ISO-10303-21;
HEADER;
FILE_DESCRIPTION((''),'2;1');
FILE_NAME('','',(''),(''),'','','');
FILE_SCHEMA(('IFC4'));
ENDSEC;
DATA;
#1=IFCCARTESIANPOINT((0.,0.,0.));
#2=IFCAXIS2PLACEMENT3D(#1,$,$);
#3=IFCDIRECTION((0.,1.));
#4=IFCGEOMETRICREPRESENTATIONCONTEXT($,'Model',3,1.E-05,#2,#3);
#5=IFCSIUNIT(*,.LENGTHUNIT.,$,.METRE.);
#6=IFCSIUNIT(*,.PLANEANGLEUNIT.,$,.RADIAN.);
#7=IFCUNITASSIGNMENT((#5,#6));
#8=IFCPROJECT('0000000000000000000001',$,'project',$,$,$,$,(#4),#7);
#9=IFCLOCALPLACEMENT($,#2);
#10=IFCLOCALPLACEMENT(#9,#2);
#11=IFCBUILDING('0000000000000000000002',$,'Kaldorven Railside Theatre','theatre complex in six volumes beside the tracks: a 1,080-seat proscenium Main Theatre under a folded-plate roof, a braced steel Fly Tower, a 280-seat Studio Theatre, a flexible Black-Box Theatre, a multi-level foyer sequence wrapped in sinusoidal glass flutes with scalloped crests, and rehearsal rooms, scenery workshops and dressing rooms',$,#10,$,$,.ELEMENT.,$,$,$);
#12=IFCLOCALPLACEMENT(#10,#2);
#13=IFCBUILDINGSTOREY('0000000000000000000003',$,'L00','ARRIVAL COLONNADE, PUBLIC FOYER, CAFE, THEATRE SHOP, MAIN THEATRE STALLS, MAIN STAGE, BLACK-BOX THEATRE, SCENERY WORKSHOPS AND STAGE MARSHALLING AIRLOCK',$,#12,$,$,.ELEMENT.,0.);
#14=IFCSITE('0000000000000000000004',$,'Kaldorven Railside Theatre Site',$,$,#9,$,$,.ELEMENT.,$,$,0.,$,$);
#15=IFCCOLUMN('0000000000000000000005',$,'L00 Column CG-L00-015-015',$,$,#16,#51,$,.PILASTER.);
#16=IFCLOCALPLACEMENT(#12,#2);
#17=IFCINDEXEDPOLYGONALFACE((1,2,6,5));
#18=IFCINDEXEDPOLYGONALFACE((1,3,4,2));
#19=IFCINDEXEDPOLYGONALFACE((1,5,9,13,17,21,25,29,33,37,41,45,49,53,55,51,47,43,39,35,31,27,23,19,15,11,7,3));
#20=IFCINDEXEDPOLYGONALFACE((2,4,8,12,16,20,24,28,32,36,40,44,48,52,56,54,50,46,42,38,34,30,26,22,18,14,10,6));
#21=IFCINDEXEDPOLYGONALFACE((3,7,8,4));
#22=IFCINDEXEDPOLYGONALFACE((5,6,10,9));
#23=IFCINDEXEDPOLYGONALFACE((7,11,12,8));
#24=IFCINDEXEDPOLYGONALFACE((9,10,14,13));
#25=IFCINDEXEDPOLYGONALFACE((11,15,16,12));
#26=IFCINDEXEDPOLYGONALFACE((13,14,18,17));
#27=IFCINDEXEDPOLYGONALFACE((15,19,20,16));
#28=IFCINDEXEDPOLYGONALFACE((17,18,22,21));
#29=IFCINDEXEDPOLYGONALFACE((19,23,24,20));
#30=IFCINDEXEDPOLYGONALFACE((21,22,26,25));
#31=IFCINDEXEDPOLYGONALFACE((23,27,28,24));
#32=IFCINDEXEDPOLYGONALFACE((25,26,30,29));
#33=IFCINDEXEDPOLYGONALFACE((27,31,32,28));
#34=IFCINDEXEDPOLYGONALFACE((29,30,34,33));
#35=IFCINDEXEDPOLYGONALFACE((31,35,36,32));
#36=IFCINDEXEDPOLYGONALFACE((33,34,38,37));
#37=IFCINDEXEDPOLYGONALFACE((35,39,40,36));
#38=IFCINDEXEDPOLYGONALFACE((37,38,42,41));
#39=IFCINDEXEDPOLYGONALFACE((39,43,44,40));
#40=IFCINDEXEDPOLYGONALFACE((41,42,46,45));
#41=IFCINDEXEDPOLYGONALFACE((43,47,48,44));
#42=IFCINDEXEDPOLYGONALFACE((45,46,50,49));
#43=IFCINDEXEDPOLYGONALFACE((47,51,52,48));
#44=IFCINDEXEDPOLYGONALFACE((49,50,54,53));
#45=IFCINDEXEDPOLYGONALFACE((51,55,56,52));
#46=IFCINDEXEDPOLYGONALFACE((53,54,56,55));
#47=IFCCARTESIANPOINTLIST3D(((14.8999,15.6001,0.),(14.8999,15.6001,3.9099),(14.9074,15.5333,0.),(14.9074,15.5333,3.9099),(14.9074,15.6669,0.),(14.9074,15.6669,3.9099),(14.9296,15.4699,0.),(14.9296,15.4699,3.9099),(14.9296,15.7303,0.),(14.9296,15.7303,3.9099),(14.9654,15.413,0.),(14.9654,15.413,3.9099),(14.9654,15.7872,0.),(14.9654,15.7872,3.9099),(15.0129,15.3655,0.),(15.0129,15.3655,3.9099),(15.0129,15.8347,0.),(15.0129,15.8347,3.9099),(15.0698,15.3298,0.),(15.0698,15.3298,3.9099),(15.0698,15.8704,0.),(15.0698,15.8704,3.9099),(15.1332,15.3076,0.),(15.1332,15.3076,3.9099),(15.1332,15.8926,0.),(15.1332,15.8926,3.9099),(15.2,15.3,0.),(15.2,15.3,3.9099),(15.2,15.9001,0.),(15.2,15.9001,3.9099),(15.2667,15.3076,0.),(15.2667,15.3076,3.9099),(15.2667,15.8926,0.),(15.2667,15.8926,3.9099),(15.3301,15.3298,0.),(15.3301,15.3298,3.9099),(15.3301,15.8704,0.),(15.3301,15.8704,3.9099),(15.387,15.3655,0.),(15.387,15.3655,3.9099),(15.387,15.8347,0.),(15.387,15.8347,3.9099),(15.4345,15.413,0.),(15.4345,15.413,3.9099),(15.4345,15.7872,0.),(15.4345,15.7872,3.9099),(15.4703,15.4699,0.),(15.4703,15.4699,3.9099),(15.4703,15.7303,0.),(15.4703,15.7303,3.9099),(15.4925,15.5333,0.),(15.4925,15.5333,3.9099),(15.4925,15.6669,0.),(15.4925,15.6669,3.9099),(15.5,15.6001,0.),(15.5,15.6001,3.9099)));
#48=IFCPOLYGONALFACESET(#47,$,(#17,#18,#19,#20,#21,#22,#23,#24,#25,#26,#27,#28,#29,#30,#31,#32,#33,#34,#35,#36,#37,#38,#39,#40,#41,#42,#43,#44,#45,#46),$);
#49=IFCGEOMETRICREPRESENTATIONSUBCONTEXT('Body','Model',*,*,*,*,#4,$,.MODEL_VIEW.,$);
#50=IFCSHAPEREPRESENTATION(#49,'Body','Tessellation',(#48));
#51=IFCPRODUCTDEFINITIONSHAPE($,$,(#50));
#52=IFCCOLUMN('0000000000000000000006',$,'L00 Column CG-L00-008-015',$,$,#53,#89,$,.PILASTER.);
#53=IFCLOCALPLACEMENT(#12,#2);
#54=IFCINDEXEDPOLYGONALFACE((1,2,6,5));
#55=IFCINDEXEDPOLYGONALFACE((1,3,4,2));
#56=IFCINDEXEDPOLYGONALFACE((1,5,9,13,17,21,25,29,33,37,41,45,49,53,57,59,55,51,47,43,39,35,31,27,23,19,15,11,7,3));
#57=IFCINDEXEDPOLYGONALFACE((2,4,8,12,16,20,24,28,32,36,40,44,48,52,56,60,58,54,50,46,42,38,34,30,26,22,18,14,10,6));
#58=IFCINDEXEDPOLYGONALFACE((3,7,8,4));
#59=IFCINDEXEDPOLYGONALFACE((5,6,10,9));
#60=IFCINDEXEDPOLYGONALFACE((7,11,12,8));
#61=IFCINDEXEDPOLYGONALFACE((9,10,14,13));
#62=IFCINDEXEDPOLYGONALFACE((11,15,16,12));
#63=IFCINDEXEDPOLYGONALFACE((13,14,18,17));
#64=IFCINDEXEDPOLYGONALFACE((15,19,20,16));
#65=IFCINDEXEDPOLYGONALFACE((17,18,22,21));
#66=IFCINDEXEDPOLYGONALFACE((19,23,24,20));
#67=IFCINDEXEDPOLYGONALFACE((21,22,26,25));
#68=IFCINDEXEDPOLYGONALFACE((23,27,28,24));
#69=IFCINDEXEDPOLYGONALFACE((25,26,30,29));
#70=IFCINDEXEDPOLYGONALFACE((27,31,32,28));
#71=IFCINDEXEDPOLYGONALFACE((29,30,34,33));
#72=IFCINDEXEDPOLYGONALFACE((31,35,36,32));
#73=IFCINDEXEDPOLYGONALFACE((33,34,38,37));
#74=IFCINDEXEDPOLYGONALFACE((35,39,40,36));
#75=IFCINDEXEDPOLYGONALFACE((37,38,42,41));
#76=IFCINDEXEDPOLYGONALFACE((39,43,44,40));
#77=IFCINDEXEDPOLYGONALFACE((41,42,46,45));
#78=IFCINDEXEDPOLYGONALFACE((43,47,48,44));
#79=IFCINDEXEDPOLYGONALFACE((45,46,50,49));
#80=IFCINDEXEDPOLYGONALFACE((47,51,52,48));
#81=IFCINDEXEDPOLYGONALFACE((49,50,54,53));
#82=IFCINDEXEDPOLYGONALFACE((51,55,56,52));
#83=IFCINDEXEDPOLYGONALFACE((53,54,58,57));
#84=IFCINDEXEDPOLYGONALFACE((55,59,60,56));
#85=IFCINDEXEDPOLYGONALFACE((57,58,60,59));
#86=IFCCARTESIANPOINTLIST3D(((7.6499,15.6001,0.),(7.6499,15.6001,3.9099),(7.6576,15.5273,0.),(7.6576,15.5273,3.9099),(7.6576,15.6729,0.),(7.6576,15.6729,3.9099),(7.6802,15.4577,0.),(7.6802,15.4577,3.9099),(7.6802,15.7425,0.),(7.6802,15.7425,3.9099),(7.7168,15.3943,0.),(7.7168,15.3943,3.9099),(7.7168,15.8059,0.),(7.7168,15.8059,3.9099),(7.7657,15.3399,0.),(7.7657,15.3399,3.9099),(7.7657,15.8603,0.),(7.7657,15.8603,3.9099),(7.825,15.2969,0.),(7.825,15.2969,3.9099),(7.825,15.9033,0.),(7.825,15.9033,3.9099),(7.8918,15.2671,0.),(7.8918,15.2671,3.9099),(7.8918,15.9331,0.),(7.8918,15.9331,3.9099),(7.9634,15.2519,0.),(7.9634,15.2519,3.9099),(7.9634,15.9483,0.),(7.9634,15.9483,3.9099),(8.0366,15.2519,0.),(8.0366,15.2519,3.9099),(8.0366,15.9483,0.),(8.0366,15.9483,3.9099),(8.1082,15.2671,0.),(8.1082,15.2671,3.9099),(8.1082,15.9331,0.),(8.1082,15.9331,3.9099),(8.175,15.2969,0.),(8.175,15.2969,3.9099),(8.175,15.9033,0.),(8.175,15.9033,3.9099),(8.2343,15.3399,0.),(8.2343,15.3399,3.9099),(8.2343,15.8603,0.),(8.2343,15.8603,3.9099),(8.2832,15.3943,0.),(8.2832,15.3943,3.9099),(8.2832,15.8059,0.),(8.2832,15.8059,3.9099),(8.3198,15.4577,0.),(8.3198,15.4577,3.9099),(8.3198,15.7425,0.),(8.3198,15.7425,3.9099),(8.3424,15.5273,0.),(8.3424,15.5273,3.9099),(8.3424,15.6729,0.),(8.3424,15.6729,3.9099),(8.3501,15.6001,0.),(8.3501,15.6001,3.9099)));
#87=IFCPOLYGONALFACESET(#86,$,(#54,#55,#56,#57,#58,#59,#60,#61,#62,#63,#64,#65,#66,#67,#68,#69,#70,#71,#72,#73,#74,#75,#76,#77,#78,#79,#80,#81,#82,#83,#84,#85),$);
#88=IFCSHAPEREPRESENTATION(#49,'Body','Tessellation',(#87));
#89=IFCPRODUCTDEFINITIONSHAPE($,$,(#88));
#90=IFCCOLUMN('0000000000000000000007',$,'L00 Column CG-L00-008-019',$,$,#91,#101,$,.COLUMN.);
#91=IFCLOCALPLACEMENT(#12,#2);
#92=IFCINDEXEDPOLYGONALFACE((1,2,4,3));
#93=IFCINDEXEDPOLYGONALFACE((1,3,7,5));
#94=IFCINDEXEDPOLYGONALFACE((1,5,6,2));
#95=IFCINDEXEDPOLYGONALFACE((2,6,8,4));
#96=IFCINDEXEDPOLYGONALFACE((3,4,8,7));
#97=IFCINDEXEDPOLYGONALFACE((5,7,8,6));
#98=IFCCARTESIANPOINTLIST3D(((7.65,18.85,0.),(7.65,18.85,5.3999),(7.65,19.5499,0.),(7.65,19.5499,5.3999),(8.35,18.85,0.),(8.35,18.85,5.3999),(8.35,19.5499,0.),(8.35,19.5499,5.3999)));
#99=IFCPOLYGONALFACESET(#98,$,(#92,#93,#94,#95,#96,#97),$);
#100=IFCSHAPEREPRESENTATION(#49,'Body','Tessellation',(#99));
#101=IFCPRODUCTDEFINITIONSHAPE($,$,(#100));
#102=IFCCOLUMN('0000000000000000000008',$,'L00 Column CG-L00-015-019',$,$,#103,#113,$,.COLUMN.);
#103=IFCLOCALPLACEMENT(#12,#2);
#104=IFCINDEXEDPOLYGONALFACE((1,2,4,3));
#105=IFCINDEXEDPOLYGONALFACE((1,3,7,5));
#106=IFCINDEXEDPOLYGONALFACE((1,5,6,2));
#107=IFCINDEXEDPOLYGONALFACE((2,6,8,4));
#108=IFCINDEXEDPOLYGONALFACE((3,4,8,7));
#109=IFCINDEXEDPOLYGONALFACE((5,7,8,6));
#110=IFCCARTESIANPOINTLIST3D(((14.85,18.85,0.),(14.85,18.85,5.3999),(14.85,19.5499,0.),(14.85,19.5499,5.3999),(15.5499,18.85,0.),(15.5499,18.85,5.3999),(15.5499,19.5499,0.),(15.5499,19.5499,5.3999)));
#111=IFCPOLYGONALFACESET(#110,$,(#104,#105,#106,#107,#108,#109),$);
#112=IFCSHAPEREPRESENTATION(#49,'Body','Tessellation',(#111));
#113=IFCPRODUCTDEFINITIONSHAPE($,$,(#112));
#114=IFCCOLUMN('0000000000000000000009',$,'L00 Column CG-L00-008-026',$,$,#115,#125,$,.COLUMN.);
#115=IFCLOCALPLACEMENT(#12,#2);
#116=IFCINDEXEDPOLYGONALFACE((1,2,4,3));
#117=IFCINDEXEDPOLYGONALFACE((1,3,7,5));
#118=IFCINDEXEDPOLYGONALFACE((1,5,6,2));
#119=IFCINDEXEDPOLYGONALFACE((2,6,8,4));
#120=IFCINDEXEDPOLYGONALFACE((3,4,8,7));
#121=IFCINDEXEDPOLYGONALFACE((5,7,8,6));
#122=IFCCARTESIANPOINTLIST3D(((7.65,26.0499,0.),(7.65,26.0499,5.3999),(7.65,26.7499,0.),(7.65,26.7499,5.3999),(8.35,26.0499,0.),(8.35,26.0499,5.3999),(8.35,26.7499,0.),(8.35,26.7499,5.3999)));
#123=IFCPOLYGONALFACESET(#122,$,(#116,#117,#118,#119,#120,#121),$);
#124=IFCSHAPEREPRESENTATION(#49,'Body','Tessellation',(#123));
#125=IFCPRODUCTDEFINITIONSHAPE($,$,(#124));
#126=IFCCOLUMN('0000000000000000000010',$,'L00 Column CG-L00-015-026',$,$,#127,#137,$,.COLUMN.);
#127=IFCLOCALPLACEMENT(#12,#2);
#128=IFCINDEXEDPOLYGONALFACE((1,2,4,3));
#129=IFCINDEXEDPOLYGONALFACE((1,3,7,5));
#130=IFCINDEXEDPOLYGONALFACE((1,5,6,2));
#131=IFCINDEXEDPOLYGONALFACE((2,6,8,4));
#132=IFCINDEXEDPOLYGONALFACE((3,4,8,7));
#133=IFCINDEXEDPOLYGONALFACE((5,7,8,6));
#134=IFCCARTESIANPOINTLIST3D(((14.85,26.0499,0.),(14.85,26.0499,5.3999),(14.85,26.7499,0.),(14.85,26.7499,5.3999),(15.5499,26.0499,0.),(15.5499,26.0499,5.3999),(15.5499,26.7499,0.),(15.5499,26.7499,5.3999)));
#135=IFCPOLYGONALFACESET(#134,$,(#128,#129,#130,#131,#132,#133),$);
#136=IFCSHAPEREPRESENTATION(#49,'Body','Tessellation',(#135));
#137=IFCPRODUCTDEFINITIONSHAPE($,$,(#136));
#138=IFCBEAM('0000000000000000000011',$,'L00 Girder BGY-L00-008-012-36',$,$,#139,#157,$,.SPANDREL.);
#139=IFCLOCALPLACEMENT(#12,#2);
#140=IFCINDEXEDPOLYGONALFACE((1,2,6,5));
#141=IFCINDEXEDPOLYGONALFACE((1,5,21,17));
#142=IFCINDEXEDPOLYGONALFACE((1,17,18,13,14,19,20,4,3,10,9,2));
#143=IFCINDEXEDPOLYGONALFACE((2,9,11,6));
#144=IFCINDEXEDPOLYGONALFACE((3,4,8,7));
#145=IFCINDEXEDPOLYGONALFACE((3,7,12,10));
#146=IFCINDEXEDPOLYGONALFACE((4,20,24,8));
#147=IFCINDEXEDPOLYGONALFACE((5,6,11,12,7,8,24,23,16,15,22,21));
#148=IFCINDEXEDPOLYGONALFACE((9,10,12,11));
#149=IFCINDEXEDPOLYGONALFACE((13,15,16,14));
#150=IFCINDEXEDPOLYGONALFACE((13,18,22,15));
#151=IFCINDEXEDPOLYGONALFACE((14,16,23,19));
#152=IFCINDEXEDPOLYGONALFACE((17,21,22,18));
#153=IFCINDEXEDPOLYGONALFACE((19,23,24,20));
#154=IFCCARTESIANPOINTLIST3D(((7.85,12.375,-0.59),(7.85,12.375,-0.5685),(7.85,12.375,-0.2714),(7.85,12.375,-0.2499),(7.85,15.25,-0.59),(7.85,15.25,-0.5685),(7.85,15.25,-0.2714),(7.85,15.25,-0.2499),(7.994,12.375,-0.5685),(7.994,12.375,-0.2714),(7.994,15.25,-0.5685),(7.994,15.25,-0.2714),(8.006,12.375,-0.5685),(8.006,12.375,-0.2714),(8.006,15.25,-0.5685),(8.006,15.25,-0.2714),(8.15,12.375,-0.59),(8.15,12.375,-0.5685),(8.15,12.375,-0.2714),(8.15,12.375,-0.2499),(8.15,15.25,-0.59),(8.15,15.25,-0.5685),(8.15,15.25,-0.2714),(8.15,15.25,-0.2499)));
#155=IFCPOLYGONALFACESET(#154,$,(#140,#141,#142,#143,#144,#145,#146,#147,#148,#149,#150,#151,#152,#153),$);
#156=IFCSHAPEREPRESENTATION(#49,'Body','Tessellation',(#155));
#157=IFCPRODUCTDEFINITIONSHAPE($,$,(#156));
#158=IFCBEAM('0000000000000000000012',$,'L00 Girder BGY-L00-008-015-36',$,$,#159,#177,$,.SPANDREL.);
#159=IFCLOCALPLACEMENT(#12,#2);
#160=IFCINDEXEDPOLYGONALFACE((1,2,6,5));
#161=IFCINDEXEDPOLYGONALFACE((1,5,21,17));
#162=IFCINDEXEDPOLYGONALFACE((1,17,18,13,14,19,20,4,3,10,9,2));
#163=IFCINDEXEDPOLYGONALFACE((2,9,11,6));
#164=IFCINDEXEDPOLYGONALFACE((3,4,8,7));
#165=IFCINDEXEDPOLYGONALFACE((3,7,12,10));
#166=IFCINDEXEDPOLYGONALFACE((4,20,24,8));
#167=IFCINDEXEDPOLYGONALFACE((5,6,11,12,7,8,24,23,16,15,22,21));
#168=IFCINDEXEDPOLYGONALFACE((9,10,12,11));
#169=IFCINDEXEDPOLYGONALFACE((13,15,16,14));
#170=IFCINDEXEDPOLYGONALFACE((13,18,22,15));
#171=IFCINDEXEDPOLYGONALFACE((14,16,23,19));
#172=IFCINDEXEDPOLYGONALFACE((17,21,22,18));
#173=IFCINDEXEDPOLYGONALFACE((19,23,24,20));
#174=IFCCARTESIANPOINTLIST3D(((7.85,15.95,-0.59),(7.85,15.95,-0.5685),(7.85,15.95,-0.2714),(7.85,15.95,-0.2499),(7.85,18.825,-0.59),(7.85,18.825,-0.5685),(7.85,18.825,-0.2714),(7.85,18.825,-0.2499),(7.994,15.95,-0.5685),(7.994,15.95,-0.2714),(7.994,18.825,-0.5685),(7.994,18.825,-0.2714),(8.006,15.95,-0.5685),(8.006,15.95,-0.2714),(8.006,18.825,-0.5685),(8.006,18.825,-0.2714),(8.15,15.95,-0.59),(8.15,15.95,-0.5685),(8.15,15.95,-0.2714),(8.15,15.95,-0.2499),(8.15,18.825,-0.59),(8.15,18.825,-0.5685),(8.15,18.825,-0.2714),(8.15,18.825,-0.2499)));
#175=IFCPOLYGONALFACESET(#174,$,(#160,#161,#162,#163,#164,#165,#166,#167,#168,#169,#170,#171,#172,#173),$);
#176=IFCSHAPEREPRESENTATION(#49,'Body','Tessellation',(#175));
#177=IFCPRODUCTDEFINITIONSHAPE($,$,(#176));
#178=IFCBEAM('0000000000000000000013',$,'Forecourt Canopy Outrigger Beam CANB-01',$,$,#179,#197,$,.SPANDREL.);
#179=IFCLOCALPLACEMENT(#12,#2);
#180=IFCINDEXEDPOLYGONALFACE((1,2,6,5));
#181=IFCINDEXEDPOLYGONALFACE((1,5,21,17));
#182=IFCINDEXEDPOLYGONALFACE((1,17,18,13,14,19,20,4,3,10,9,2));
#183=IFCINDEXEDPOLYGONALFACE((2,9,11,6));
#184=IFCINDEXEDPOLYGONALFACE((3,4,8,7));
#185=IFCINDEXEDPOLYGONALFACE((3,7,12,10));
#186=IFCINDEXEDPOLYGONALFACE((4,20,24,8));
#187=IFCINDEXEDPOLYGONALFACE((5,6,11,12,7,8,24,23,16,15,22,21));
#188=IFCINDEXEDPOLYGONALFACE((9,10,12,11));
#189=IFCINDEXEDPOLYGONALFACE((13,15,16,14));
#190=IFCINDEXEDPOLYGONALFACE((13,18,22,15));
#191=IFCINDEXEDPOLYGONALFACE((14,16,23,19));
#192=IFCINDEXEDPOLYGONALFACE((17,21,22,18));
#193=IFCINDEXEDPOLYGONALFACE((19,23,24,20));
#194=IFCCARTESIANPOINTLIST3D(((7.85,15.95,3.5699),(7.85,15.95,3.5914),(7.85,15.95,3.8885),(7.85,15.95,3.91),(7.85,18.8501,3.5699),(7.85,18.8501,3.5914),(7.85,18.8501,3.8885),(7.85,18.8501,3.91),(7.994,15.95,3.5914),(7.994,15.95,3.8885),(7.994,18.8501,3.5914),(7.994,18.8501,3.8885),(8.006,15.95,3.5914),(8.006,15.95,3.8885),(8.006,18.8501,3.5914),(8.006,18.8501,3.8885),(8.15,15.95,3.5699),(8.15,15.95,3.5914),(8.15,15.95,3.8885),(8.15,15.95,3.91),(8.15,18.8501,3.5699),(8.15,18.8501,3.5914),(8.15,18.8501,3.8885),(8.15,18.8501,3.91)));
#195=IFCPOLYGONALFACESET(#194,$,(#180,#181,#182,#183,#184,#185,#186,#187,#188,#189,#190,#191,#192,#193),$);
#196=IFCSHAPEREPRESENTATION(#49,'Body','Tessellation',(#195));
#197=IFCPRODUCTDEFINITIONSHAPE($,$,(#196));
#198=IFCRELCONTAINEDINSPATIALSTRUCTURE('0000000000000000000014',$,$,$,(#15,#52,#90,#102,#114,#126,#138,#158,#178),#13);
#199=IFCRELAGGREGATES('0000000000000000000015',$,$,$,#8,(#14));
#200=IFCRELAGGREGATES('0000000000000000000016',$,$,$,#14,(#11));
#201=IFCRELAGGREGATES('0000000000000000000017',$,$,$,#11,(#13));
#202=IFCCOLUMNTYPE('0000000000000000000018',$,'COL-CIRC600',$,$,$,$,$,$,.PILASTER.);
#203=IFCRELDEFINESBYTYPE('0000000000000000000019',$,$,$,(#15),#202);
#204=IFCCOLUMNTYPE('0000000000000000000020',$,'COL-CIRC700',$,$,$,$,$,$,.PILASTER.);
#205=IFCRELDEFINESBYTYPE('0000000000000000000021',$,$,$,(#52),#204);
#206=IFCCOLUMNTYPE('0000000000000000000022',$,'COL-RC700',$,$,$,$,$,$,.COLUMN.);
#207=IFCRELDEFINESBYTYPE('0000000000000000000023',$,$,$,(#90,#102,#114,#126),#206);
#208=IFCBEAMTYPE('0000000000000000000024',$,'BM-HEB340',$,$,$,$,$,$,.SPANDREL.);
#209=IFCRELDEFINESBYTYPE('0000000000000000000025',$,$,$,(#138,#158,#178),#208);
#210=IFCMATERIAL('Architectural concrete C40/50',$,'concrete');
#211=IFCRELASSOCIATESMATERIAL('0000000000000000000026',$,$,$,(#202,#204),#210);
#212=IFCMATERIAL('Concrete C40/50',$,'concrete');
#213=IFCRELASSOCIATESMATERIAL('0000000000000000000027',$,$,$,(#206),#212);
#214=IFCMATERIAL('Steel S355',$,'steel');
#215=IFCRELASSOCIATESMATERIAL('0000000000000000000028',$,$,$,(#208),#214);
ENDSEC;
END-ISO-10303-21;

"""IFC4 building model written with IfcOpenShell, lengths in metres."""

from ifc_helpers import new_model, si_unit, direction, frame, origin, origin_2d, place, context, subcontext, project, spatial, rectangle, circle, i_section, extrude, material, material_profile, profile_set, type_object, element, save


model = new_model("IFC4")

# Units and contexts
model_context = context("Model", 3, precision=1e-05, world=origin(), true_north=direction((0.0, 1.0)))
body_context = subcontext(model_context, "Body", "Model", "MODEL_VIEW")
ifc_project = project(units=[si_unit("LENGTHUNIT", "METRE"), si_unit("PLANEANGLEUNIT", "RADIAN")], contexts=[model_context])

# Site, building, storey
site_placement = place(None, origin())
site = spatial("IfcSite", under=ifc_project, at=site_placement, Name="Kaldorven Railside Theatre Site", CompositionType="ELEMENT", RefElevation=0.0)
building_placement = place(site_placement, origin())
building = spatial("IfcBuilding", under=site, at=building_placement, Name="Kaldorven Railside Theatre", Description="theatre complex in six volumes beside the tracks: a 1,080-seat proscenium Main Theatre under a folded-plate roof, a braced steel Fly Tower, a 280-seat Studio Theatre, a flexible Black-Box Theatre, a multi-level foyer sequence wrapped in sinusoidal glass flutes with scalloped crests, and rehearsal rooms, scenery workshops and dressing rooms", CompositionType="ELEMENT")
storey_placement = place(building_placement, origin())
storey = spatial("IfcBuildingStorey", under=building, at=storey_placement, Name="L00", Description="ARRIVAL COLONNADE, PUBLIC FOYER, CAFE, THEATRE SHOP, MAIN THEATRE STALLS, MAIN STAGE, BLACK-BOX THEATRE, SCENERY WORKSHOPS AND STAGE MARSHALLING AIRLOCK", CompositionType="ELEMENT", Elevation=0.0)

# Columns
ifc_material_1 = material(Name="Architectural concrete C40/50", Category="concrete")
ifc_material_profile_1 = material_profile(ifc_material_1, circle(Radius=0.3, at=origin_2d()), Name="RC D600")
ifc_profile_set_1 = profile_set([ifc_material_profile_1], Name="Architectural concrete C40/50")
column_type_1 = type_object("IfcColumnType", Name="COL-CIRC600", PredefinedType="PILASTER", material=ifc_profile_set_1)
column_1_placement = place(storey_placement, frame((15.2, 15.6001, 0.0), z_axis=(0.0, 0.0, 1.0), x_axis=(1.0, 0.0, 0.0)))
element("IfcColumn", 1, at=column_1_placement, inside=storey, type_object=column_type_1, Name="L00 Column CG-L00-015-015", PredefinedType="PILASTER", context=body_context, shape_type="SweptSolid", body=[
    extrude(circle(Radius=0.3, at=origin_2d()), origin(), (0.0, 0.0, 1.0), 3.9099),
])
ifc_material_profile_2 = material_profile(ifc_material_1, circle(Radius=0.3501, at=origin_2d()), Name="RC D700")
ifc_profile_set_2 = profile_set([ifc_material_profile_2], Name="Architectural concrete C40/50")
column_type_2 = type_object("IfcColumnType", Name="COL-CIRC700", PredefinedType="PILASTER", material=ifc_profile_set_2)
column_2_placement = place(storey_placement, frame((8.0, 15.6001, 0.0), z_axis=(0.0, 0.0, 1.0), x_axis=(1.0, 0.0, 0.0)))
element("IfcColumn", 2, at=column_2_placement, inside=storey, type_object=column_type_2, Name="L00 Column CG-L00-008-015", PredefinedType="PILASTER", context=body_context, shape_type="SweptSolid", body=[
    extrude(circle(Radius=0.3501, at=origin_2d()), origin(), (0.0, 0.0, 1.0), 3.9099),
])
ifc_material_2 = material(Name="Concrete C40/50", Category="concrete")
ifc_material_profile_3 = material_profile(ifc_material_2, rectangle(XDim=0.7, YDim=0.7, at=origin_2d()), Name="RC 700x700")
ifc_profile_set_3 = profile_set([ifc_material_profile_3], Name="Concrete C40/50")
column_type_3 = type_object("IfcColumnType", Name="COL-RC700", PredefinedType="COLUMN", material=ifc_profile_set_3)
for number, where, z_axis, x_axis, name in (
    (3, (8.0, 19.2, 0.0), (0.0, 0.0, 1.0), (0.0, 1.0, 0.0), "L00 Column CG-L00-008-019"),
    (4, (15.2, 19.2, 0.0), (0.0, 0.0, 1.0), (1.0, 0.0, 0.0), "L00 Column CG-L00-015-019"),
    (5, (8.0, 26.3999, 0.0), (0.0, 0.0, 1.0), (1.0, 0.0, 0.0), "L00 Column CG-L00-008-026"),
    (6, (15.2, 26.3999, 0.0), (0.0, 0.0, 1.0), (0.0, 1.0, 0.0), "L00 Column CG-L00-015-026"),
):
    element("IfcColumn", number, at=place(storey_placement, frame(where, z_axis=z_axis, x_axis=x_axis)), inside=storey, type_object=column_type_3, Name=name, PredefinedType="COLUMN", context=body_context, shape_type="SweptSolid", body=[
        extrude(rectangle(XDim=0.7, YDim=0.7, at=origin_2d()), origin(), (0.0, 0.0, 1.0), 5.3999),
    ])

# Beams
ifc_material_3 = material(Name="Steel S355", Category="steel")
ifc_material_profile_4 = material_profile(ifc_material_3, i_section(OverallWidth=0.3, OverallDepth=0.3401, WebThickness=0.012, FlangeThickness=0.0215, at=origin_2d()), Name="HEB 340")
ifc_profile_set_4 = profile_set([ifc_material_profile_4], Name="Steel S355")
beam_type_1 = type_object("IfcBeamType", Name="BM-HEB340", PredefinedType="SPANDREL", material=ifc_profile_set_4)
for number, where, z_axis, x_axis, name in (
    (7, (8.0, 12.375, -0.4199), (0.0, 1.0, 0.0), (-1.0, 0.0, 0.0), "L00 Girder BGY-L00-008-012-36"),
    (8, (8.0, 15.95, -0.4199), (0.0, 1.0, 0.0), (-1.0, 0.0, 0.0), "L00 Girder BGY-L00-008-015-36"),
):
    element("IfcBeam", number, at=place(storey_placement, frame(where, z_axis=z_axis, x_axis=x_axis)), inside=storey, type_object=beam_type_1, Name=name, PredefinedType="SPANDREL", context=body_context, shape_type="SweptSolid", body=[
        extrude(i_section(OverallWidth=0.3, OverallDepth=0.3401, WebThickness=0.012, FlangeThickness=0.0215, at=origin_2d()), origin(), (0.0, 0.0, 1.0), 2.875),
    ])
beam_1_placement = place(storey_placement, frame((8.0, 15.95, 3.74), z_axis=(0.0, 1.0, 0.0), x_axis=(-1.0, 0.0, 0.0)))
element("IfcBeam", 9, at=beam_1_placement, inside=storey, type_object=beam_type_1, Name="Forecourt Canopy Outrigger Beam CANB-01", PredefinedType="SPANDREL", context=body_context, shape_type="SweptSolid", body=[
    extrude(i_section(OverallWidth=0.3, OverallDepth=0.3401, WebThickness=0.012, FlangeThickness=0.0215, at=origin_2d()), origin(), (0.0, 0.0, 1.0), 2.9001),
])

save(model, "model.ifc")
